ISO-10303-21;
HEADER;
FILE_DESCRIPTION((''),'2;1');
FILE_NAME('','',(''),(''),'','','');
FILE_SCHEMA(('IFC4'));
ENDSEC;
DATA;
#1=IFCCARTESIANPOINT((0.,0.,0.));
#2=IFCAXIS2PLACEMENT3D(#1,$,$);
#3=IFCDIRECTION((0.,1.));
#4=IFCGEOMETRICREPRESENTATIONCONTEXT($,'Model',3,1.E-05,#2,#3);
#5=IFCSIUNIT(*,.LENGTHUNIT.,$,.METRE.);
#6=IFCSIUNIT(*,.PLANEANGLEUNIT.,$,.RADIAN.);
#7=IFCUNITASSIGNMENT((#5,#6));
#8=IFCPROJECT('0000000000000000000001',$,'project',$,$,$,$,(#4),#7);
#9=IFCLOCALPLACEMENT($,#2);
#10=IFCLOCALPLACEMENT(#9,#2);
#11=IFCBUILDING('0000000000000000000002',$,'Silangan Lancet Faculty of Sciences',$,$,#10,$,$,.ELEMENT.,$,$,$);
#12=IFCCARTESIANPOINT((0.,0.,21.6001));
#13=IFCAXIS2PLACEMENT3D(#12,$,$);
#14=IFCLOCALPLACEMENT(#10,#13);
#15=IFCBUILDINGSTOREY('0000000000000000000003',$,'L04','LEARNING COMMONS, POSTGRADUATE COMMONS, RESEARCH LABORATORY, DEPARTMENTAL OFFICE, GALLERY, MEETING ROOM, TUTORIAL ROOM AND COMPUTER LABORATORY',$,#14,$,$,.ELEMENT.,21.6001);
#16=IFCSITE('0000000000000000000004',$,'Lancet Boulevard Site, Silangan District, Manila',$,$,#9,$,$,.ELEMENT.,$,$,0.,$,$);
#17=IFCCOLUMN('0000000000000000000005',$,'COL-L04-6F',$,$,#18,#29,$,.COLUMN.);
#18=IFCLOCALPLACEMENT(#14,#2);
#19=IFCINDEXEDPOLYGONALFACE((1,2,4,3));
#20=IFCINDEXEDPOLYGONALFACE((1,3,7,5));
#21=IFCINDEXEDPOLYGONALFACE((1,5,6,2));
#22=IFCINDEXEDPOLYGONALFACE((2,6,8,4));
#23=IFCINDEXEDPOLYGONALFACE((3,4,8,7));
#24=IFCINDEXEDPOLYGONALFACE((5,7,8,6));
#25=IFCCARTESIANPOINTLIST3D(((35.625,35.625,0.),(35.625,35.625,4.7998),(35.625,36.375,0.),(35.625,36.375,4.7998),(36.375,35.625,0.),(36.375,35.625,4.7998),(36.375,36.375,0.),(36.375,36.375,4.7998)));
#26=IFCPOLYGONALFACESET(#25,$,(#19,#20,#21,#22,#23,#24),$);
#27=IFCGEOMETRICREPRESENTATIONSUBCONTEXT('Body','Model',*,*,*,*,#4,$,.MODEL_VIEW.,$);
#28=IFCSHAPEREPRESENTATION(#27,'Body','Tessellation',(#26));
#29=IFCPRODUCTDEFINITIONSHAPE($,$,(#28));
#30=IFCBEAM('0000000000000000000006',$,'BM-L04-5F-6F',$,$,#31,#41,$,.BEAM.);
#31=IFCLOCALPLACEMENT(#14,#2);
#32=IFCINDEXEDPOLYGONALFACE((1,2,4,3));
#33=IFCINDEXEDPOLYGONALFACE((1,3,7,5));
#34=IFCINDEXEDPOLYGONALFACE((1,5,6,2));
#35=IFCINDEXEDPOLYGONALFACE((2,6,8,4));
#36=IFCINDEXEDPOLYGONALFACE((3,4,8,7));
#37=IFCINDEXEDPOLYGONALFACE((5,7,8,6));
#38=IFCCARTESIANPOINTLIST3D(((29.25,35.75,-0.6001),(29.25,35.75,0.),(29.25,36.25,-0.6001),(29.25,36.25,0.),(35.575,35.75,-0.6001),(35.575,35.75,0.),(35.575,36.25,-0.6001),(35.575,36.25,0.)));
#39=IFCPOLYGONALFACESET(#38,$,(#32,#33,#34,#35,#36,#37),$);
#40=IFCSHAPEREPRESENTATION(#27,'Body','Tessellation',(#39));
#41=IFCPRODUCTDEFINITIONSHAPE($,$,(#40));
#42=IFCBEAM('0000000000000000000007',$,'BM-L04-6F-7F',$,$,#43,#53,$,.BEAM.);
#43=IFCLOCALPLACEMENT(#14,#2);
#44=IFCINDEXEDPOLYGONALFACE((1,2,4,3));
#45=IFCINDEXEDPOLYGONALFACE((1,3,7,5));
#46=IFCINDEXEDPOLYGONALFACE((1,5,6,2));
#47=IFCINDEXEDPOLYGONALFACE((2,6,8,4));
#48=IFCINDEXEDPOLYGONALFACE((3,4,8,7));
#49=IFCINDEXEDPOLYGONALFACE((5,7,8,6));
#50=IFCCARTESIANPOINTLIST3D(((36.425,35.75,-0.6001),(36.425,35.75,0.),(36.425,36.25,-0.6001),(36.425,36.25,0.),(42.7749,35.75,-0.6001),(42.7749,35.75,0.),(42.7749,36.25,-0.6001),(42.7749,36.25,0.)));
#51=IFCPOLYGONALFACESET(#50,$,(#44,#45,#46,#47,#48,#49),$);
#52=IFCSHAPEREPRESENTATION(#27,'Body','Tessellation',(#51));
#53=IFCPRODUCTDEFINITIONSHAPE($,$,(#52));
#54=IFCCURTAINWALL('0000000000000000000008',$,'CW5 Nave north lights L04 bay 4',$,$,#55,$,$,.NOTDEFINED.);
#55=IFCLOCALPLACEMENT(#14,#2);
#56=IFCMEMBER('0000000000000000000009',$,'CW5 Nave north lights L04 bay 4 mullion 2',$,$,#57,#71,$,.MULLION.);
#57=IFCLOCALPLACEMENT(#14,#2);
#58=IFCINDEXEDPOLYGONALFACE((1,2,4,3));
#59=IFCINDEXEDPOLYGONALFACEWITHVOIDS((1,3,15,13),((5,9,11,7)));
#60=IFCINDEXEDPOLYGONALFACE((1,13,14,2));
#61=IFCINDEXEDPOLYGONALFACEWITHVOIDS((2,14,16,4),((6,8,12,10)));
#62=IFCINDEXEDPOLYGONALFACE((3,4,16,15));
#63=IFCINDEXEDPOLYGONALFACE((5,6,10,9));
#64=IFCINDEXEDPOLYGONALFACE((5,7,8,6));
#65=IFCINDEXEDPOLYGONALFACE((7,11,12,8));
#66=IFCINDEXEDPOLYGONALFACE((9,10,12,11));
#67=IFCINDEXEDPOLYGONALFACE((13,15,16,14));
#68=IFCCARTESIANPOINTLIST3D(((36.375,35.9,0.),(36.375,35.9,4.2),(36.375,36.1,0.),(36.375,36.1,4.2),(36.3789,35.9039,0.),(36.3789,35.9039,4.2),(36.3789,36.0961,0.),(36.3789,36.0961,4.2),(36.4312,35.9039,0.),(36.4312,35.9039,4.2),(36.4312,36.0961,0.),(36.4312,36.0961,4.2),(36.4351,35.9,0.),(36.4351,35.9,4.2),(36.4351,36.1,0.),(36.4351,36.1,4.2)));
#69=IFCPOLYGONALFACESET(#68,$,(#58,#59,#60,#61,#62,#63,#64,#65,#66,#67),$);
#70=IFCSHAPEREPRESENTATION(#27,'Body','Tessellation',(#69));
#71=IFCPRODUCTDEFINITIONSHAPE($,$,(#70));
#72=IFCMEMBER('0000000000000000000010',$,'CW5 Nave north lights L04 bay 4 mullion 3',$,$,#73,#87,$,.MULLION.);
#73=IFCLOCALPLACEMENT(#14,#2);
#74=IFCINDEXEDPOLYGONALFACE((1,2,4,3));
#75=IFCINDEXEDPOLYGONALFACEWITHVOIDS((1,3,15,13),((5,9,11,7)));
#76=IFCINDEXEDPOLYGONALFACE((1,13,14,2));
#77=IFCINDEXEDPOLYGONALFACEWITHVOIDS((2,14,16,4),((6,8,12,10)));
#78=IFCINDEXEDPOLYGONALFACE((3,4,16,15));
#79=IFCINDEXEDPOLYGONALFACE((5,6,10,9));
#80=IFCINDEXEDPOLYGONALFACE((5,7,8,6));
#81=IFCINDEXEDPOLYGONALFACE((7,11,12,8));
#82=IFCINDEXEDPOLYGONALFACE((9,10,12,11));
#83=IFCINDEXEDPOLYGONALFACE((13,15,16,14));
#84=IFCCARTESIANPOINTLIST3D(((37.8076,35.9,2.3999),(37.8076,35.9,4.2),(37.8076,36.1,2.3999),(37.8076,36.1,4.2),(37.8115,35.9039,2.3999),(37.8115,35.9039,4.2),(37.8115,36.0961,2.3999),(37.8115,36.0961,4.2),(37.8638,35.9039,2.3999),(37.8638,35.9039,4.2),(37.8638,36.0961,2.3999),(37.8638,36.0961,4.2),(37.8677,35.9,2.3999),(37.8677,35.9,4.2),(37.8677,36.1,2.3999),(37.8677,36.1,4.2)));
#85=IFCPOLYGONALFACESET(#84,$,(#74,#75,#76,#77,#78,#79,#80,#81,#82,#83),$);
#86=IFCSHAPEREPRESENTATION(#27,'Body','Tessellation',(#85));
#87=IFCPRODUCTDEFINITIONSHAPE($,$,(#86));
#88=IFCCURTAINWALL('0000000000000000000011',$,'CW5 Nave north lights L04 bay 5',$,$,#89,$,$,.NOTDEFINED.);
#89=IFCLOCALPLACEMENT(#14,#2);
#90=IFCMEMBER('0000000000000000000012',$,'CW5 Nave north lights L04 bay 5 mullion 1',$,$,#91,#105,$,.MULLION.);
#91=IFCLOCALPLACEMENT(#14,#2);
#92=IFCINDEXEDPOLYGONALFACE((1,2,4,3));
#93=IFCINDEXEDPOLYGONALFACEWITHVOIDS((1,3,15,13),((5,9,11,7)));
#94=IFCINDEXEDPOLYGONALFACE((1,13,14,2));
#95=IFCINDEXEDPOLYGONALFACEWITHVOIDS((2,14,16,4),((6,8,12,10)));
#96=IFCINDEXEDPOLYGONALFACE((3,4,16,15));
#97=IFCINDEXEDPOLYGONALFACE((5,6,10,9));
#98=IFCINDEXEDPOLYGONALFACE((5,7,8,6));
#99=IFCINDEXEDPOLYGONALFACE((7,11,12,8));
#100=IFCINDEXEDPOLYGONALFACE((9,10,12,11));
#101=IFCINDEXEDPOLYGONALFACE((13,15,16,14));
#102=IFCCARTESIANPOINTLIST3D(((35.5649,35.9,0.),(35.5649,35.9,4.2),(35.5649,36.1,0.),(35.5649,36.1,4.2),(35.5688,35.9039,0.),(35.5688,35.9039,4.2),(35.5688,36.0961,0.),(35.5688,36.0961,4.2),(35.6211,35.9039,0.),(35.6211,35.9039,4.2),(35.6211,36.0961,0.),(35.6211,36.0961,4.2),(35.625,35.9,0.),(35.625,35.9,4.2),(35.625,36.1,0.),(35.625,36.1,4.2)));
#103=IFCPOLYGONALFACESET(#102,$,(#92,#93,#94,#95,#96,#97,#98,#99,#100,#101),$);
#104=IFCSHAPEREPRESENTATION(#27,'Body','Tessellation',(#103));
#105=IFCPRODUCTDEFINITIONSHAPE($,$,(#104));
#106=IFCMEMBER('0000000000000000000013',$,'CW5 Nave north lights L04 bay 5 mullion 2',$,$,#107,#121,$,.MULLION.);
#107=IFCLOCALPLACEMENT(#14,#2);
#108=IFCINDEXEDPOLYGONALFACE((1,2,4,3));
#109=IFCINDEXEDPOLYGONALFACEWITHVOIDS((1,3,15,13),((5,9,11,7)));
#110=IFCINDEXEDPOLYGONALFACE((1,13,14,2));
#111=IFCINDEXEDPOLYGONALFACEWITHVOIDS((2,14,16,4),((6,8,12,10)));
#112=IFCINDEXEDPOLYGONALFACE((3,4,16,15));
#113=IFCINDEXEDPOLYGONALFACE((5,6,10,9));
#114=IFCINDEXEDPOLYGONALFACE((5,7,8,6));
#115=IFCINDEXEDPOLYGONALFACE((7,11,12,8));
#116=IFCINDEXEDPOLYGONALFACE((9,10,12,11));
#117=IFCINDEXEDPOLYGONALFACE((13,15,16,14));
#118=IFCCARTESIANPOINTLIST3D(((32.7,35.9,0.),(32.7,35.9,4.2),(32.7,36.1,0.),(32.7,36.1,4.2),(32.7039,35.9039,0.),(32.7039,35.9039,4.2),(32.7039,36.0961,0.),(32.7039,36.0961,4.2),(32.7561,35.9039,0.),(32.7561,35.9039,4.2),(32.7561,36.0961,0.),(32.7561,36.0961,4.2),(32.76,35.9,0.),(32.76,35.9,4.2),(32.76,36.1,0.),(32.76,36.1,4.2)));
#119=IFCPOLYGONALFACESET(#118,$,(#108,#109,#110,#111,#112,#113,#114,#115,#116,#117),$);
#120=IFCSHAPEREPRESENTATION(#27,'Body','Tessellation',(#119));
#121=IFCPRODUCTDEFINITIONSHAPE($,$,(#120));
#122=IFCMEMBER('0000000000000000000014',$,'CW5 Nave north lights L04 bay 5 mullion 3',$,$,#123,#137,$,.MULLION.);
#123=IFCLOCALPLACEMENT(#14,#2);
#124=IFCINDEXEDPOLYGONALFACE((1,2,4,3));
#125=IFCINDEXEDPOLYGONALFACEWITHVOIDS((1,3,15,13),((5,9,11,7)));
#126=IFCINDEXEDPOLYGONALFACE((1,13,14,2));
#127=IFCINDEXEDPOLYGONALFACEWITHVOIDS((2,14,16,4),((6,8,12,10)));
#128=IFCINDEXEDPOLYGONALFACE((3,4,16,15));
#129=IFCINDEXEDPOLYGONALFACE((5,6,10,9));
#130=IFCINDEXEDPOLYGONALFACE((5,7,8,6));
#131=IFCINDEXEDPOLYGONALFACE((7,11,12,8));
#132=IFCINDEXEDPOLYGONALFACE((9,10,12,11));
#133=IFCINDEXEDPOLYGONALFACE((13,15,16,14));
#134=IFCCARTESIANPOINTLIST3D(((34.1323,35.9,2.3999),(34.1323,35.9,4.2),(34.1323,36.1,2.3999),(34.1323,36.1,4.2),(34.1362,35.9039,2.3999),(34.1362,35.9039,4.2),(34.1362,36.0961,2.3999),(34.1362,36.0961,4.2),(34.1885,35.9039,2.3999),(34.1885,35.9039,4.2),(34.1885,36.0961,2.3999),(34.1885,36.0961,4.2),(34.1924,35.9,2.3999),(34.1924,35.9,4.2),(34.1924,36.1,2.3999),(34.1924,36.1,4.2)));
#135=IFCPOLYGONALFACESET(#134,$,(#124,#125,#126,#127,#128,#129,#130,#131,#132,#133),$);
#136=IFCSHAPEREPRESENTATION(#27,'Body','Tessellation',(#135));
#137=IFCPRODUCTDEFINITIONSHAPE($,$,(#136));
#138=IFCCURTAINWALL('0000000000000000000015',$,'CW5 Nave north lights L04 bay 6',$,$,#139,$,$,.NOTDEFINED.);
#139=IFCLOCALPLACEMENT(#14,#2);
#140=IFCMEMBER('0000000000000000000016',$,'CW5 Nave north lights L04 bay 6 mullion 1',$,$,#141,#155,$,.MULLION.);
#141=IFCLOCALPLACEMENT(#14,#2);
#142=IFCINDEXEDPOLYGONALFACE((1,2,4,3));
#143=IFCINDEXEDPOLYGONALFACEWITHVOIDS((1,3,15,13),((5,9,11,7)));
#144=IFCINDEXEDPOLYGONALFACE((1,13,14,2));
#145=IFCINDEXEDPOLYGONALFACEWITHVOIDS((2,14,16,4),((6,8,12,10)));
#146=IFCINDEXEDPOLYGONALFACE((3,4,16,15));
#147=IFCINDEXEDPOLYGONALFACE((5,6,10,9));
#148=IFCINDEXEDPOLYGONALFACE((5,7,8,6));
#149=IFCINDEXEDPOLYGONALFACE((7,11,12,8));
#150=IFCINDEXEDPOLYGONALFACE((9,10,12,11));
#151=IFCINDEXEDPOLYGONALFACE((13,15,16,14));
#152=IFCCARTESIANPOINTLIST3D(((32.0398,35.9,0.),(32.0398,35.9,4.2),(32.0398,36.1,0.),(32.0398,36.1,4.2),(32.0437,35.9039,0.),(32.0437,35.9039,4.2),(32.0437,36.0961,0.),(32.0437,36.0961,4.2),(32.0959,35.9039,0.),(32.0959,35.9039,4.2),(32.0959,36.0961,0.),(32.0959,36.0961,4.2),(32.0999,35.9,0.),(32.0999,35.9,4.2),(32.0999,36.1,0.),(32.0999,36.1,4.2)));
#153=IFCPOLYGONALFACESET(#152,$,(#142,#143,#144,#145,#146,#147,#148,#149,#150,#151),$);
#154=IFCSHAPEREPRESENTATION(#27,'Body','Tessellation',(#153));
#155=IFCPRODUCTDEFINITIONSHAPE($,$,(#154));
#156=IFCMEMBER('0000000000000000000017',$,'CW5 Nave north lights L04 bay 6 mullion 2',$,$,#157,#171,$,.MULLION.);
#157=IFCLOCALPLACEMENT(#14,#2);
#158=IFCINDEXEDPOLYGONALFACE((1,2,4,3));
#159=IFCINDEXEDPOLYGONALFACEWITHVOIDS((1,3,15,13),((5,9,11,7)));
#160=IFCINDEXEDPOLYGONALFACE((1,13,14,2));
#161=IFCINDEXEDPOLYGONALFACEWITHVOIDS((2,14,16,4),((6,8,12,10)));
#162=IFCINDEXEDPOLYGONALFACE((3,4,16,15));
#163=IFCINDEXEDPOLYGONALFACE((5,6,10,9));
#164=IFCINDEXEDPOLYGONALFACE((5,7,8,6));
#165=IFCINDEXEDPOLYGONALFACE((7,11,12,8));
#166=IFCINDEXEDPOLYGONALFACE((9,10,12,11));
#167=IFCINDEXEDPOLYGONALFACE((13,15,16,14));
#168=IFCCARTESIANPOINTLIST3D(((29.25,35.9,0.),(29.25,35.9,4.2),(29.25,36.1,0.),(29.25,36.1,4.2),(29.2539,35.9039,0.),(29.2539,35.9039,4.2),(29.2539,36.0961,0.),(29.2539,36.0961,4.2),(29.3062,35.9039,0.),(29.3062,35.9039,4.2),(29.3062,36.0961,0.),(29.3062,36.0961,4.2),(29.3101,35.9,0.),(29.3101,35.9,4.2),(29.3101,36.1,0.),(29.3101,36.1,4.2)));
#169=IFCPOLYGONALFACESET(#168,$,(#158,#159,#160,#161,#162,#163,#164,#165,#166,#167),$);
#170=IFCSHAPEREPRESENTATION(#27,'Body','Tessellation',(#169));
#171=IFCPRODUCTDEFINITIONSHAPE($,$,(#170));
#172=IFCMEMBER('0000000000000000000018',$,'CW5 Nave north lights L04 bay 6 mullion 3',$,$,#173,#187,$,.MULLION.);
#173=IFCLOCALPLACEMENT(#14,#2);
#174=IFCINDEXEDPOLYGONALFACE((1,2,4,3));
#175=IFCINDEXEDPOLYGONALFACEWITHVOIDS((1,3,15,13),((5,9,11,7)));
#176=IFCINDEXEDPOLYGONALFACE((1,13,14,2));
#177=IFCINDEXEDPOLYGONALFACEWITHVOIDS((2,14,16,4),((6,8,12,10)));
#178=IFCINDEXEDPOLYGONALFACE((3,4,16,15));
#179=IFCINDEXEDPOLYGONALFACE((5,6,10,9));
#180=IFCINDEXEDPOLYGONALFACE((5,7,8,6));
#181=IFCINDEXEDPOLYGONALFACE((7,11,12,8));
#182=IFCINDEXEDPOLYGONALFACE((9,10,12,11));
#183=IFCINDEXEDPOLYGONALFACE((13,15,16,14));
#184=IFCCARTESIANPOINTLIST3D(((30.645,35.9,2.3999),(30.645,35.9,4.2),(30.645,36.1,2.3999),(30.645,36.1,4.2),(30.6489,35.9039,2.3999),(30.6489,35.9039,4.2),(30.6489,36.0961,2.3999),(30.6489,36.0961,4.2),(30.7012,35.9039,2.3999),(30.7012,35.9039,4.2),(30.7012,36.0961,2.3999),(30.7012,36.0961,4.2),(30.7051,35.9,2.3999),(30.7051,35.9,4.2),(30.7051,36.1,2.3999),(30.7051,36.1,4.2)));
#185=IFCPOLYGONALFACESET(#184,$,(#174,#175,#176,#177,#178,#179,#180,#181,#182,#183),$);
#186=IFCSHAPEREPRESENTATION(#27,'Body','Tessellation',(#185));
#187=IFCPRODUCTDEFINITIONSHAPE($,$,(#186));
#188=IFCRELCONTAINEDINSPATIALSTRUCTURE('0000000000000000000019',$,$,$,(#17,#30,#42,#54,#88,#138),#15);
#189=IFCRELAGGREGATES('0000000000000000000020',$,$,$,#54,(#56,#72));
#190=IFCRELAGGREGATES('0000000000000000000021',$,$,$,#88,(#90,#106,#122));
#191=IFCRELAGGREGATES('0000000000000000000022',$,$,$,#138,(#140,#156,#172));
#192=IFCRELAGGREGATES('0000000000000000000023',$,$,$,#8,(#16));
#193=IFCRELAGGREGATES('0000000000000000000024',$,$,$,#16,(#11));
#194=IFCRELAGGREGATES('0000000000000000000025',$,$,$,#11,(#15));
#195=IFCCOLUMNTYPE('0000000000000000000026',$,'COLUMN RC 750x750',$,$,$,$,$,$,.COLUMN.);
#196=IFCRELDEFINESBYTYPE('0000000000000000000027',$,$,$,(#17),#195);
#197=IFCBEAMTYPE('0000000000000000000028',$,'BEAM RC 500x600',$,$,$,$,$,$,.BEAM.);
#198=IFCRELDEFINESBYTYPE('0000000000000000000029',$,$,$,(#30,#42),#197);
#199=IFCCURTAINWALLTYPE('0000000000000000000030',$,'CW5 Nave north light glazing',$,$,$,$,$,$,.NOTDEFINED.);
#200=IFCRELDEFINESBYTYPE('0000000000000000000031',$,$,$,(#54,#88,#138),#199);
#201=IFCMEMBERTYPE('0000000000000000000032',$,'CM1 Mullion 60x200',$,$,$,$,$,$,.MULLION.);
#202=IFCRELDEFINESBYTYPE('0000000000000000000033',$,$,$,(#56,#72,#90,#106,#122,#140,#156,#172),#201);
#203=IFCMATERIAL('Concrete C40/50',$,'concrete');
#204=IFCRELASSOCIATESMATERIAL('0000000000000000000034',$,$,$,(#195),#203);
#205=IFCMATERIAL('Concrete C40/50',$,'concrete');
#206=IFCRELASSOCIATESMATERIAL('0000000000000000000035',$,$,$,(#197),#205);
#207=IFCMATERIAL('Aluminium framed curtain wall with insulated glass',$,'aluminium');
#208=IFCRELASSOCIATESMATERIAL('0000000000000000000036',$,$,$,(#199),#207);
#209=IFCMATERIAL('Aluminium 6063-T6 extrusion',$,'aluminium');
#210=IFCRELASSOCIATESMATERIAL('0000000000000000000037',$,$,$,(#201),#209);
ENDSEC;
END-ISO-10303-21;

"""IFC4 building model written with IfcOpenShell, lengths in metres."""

from ifc_helpers import new_model, si_unit, direction, frame, origin, origin_2d, place, context, subcontext, project, spatial, rectangle, hollow_rectangle, extrude, material, material_profile, profile_set, type_object, element, aggregate, save


model = new_model("IFC4")

# Units and contexts
model_context = context("Model", 3, precision=1e-05, world=origin(), true_north=direction((0.0, 1.0)))
body_context = subcontext(model_context, "Body", "Model", "MODEL_VIEW")
ifc_project = project(units=[si_unit("LENGTHUNIT", "METRE"), si_unit("PLANEANGLEUNIT", "RADIAN")], contexts=[model_context])

# Site, building, storey
site_placement = place(None, origin())
site = spatial("IfcSite", under=ifc_project, at=site_placement, Name="Lancet Boulevard Site, Silangan District, Manila", CompositionType="ELEMENT", RefElevation=0.0)
building_placement = place(site_placement, origin())
building = spatial("IfcBuilding", under=site, at=building_placement, Name="Silangan Lancet Faculty of Sciences", CompositionType="ELEMENT")
storey_placement = place(building_placement, frame((0.0, 0.0, 21.6001)))
storey = spatial("IfcBuildingStorey", under=building, at=storey_placement, Name="L04", Description="LEARNING COMMONS, POSTGRADUATE COMMONS, RESEARCH LABORATORY, DEPARTMENTAL OFFICE, GALLERY, MEETING ROOM, TUTORIAL ROOM AND COMPUTER LABORATORY", CompositionType="ELEMENT", Elevation=21.6001)

# Column
ifc_material_1 = material(Name="Concrete C40/50", Category="concrete")
ifc_material_profile_1 = material_profile(ifc_material_1, rectangle(XDim=0.75, YDim=0.75, at=origin_2d()), Name="RC 750x750")
ifc_profile_set_1 = profile_set([ifc_material_profile_1], Name="Concrete C40/50")
column_type = type_object("IfcColumnType", Name="COLUMN RC 750x750", PredefinedType="COLUMN", material=ifc_profile_set_1)
column_placement = place(storey_placement, frame((36.0, 36.0, 0.0), z_axis=(0.0, 0.0, 1.0), x_axis=(1.0, 0.0, 0.0)))
element("IfcColumn", 1, at=column_placement, inside=storey, type_object=column_type, Name="COL-L04-6F", PredefinedType="COLUMN", context=body_context, shape_type="SweptSolid", body=[
    extrude(rectangle(XDim=0.75, YDim=0.75, at=origin_2d()), origin(), (0.0, 0.0, 1.0), 4.7998),
])

# Beams
ifc_material_2 = material(Name="Concrete C40/50", Category="concrete")
ifc_material_profile_2 = material_profile(ifc_material_2, rectangle(XDim=0.5, YDim=0.6001, at=origin_2d()), Name="RC 500x600")
ifc_profile_set_2 = profile_set([ifc_material_profile_2], Name="Concrete C40/50")
beam_type = type_object("IfcBeamType", Name="BEAM RC 500x600", PredefinedType="BEAM", material=ifc_profile_set_2)
beam_1_placement = place(storey_placement, frame((29.25, 36.0, -0.3), z_axis=(1.0, 0.0, 0.0), x_axis=(0.0, 1.0, 0.0)))
element("IfcBeam", 2, at=beam_1_placement, inside=storey, type_object=beam_type, Name="BM-L04-5F-6F", PredefinedType="BEAM", context=body_context, shape_type="SweptSolid", body=[
    extrude(rectangle(XDim=0.5, YDim=0.6001, at=origin_2d()), origin(), (0.0, 0.0, 1.0), 6.325),
])
beam_2_placement = place(storey_placement, frame((36.425, 36.0, -0.3), z_axis=(1.0, 0.0, 0.0), x_axis=(0.0, 1.0, 0.0)))
element("IfcBeam", 3, at=beam_2_placement, inside=storey, type_object=beam_type, Name="BM-L04-6F-7F", PredefinedType="BEAM", context=body_context, shape_type="SweptSolid", body=[
    extrude(rectangle(XDim=0.5, YDim=0.6001, at=origin_2d()), origin(), (0.0, 0.0, 1.0), 6.3499),
])

# Curtain walls, members
ifc_material_3 = material(Name="Aluminium framed curtain wall with insulated glass", Category="aluminium")
curtain_wall_type = type_object("IfcCurtainWallType", Name="CW5 Nave north light glazing", PredefinedType="NOTDEFINED", material=ifc_material_3)
curtain_wall_1_placement = place(storey_placement, origin())
curtain_wall_1 = element("IfcCurtainWall", 4, at=curtain_wall_1_placement, inside=storey, type_object=curtain_wall_type, Name="CW5 Nave north lights L04 bay 4", PredefinedType="NOTDEFINED")
ifc_material_4 = material(Name="Aluminium 6063-T6 extrusion", Category="aluminium")
ifc_material_profile_3 = material_profile(ifc_material_4, hollow_rectangle(XDim=0.0601, YDim=0.2, WallThickness=0.0039, at=origin_2d()), Name="AL BOX 60x200x4")
ifc_profile_set_3 = profile_set([ifc_material_profile_3], Name="Aluminium 6063-T6 extrusion")
member_type_1 = type_object("IfcMemberType", Name="CM1 Mullion 60x200", PredefinedType="MULLION", material=ifc_profile_set_3)
member_1_placement = place(storey_placement, frame((36.405, 36.0, 0.0), z_axis=(0.0, 0.0, 1.0), x_axis=(-1.0, 0.0, 0.0)))
member_1 = element("IfcMember", 5, at=member_1_placement, type_object=member_type_1, Name="CW5 Nave north lights L04 bay 4 mullion 2", PredefinedType="MULLION", context=body_context, shape_type="SweptSolid", body=[
    extrude(hollow_rectangle(XDim=0.0601, YDim=0.2, WallThickness=0.0039, at=origin_2d()), origin(), (0.0, 0.0, 1.0), 4.2),
])
member_2_placement = place(storey_placement, frame((37.8376, 36.0, 2.3999), z_axis=(0.0, 0.0, 1.0), x_axis=(-1.0, 0.0, 0.0)))
member_2 = element("IfcMember", 6, at=member_2_placement, type_object=member_type_1, Name="CW5 Nave north lights L04 bay 4 mullion 3", PredefinedType="MULLION", context=body_context, shape_type="SweptSolid", body=[
    extrude(hollow_rectangle(XDim=0.0601, YDim=0.2, WallThickness=0.0039, at=origin_2d()), origin(), (0.0, 0.0, 1.0), 1.8),
])
curtain_wall_2_placement = place(storey_placement, origin())
curtain_wall_2 = element("IfcCurtainWall", 7, at=curtain_wall_2_placement, inside=storey, type_object=curtain_wall_type, Name="CW5 Nave north lights L04 bay 5", PredefinedType="NOTDEFINED")
member_3_placement = place(storey_placement, frame((35.595, 36.0, 0.0), z_axis=(0.0, 0.0, 1.0), x_axis=(-1.0, 0.0, 0.0)))
member_3 = element("IfcMember", 8, at=member_3_placement, type_object=member_type_1, Name="CW5 Nave north lights L04 bay 5 mullion 1", PredefinedType="MULLION", context=body_context, shape_type="SweptSolid", body=[
    extrude(hollow_rectangle(XDim=0.0601, YDim=0.2, WallThickness=0.0039, at=origin_2d()), origin(), (0.0, 0.0, 1.0), 4.2),
])
member_4_placement = place(storey_placement, frame((32.73, 36.0, 0.0), z_axis=(0.0, 0.0, 1.0), x_axis=(-1.0, 0.0, 0.0)))
member_4 = element("IfcMember", 9, at=member_4_placement, type_object=member_type_1, Name="CW5 Nave north lights L04 bay 5 mullion 2", PredefinedType="MULLION", context=body_context, shape_type="SweptSolid", body=[
    extrude(hollow_rectangle(XDim=0.0601, YDim=0.2, WallThickness=0.0039, at=origin_2d()), origin(), (0.0, 0.0, 1.0), 4.2),
])
member_5_placement = place(storey_placement, frame((34.1624, 36.0, 2.3999), z_axis=(0.0, 0.0, 1.0), x_axis=(-1.0, 0.0, 0.0)))
member_5 = element("IfcMember", 10, at=member_5_placement, type_object=member_type_1, Name="CW5 Nave north lights L04 bay 5 mullion 3", PredefinedType="MULLION", context=body_context, shape_type="SweptSolid", body=[
    extrude(hollow_rectangle(XDim=0.0601, YDim=0.2, WallThickness=0.0039, at=origin_2d()), origin(), (0.0, 0.0, 1.0), 1.8),
])
curtain_wall_3_placement = place(storey_placement, origin())
curtain_wall_3 = element("IfcCurtainWall", 11, at=curtain_wall_3_placement, inside=storey, type_object=curtain_wall_type, Name="CW5 Nave north lights L04 bay 6", PredefinedType="NOTDEFINED")
member_6_placement = place(storey_placement, frame((32.0698, 36.0, 0.0), z_axis=(0.0, 0.0, 1.0), x_axis=(-1.0, 0.0, 0.0)))
member_6 = element("IfcMember", 12, at=member_6_placement, type_object=member_type_1, Name="CW5 Nave north lights L04 bay 6 mullion 1", PredefinedType="MULLION", context=body_context, shape_type="SweptSolid", body=[
    extrude(hollow_rectangle(XDim=0.0601, YDim=0.2, WallThickness=0.0039, at=origin_2d()), origin(), (0.0, 0.0, 1.0), 4.2),
])
member_7_placement = place(storey_placement, frame((29.28, 36.0, 0.0), z_axis=(0.0, 0.0, 1.0), x_axis=(-1.0, 0.0, 0.0)))
member_7 = element("IfcMember", 13, at=member_7_placement, type_object=member_type_1, Name="CW5 Nave north lights L04 bay 6 mullion 2", PredefinedType="MULLION", context=body_context, shape_type="SweptSolid", body=[
    extrude(hollow_rectangle(XDim=0.0601, YDim=0.2, WallThickness=0.0039, at=origin_2d()), origin(), (0.0, 0.0, 1.0), 4.2),
])
member_8_placement = place(storey_placement, frame((30.675, 36.0, 2.3999), z_axis=(0.0, 0.0, 1.0), x_axis=(-1.0, 0.0, 0.0)))
member_8 = element("IfcMember", 14, at=member_8_placement, type_object=member_type_1, Name="CW5 Nave north lights L04 bay 6 mullion 3", PredefinedType="MULLION", context=body_context, shape_type="SweptSolid", body=[
    extrude(hollow_rectangle(XDim=0.0601, YDim=0.2, WallThickness=0.0039, at=origin_2d()), origin(), (0.0, 0.0, 1.0), 1.8),
])

aggregate(curtain_wall_1, [member_1, member_2])
aggregate(curtain_wall_2, [member_3, member_4, member_5])
aggregate(curtain_wall_3, [member_6, member_7, member_8])

save(model, "model.ifc")
